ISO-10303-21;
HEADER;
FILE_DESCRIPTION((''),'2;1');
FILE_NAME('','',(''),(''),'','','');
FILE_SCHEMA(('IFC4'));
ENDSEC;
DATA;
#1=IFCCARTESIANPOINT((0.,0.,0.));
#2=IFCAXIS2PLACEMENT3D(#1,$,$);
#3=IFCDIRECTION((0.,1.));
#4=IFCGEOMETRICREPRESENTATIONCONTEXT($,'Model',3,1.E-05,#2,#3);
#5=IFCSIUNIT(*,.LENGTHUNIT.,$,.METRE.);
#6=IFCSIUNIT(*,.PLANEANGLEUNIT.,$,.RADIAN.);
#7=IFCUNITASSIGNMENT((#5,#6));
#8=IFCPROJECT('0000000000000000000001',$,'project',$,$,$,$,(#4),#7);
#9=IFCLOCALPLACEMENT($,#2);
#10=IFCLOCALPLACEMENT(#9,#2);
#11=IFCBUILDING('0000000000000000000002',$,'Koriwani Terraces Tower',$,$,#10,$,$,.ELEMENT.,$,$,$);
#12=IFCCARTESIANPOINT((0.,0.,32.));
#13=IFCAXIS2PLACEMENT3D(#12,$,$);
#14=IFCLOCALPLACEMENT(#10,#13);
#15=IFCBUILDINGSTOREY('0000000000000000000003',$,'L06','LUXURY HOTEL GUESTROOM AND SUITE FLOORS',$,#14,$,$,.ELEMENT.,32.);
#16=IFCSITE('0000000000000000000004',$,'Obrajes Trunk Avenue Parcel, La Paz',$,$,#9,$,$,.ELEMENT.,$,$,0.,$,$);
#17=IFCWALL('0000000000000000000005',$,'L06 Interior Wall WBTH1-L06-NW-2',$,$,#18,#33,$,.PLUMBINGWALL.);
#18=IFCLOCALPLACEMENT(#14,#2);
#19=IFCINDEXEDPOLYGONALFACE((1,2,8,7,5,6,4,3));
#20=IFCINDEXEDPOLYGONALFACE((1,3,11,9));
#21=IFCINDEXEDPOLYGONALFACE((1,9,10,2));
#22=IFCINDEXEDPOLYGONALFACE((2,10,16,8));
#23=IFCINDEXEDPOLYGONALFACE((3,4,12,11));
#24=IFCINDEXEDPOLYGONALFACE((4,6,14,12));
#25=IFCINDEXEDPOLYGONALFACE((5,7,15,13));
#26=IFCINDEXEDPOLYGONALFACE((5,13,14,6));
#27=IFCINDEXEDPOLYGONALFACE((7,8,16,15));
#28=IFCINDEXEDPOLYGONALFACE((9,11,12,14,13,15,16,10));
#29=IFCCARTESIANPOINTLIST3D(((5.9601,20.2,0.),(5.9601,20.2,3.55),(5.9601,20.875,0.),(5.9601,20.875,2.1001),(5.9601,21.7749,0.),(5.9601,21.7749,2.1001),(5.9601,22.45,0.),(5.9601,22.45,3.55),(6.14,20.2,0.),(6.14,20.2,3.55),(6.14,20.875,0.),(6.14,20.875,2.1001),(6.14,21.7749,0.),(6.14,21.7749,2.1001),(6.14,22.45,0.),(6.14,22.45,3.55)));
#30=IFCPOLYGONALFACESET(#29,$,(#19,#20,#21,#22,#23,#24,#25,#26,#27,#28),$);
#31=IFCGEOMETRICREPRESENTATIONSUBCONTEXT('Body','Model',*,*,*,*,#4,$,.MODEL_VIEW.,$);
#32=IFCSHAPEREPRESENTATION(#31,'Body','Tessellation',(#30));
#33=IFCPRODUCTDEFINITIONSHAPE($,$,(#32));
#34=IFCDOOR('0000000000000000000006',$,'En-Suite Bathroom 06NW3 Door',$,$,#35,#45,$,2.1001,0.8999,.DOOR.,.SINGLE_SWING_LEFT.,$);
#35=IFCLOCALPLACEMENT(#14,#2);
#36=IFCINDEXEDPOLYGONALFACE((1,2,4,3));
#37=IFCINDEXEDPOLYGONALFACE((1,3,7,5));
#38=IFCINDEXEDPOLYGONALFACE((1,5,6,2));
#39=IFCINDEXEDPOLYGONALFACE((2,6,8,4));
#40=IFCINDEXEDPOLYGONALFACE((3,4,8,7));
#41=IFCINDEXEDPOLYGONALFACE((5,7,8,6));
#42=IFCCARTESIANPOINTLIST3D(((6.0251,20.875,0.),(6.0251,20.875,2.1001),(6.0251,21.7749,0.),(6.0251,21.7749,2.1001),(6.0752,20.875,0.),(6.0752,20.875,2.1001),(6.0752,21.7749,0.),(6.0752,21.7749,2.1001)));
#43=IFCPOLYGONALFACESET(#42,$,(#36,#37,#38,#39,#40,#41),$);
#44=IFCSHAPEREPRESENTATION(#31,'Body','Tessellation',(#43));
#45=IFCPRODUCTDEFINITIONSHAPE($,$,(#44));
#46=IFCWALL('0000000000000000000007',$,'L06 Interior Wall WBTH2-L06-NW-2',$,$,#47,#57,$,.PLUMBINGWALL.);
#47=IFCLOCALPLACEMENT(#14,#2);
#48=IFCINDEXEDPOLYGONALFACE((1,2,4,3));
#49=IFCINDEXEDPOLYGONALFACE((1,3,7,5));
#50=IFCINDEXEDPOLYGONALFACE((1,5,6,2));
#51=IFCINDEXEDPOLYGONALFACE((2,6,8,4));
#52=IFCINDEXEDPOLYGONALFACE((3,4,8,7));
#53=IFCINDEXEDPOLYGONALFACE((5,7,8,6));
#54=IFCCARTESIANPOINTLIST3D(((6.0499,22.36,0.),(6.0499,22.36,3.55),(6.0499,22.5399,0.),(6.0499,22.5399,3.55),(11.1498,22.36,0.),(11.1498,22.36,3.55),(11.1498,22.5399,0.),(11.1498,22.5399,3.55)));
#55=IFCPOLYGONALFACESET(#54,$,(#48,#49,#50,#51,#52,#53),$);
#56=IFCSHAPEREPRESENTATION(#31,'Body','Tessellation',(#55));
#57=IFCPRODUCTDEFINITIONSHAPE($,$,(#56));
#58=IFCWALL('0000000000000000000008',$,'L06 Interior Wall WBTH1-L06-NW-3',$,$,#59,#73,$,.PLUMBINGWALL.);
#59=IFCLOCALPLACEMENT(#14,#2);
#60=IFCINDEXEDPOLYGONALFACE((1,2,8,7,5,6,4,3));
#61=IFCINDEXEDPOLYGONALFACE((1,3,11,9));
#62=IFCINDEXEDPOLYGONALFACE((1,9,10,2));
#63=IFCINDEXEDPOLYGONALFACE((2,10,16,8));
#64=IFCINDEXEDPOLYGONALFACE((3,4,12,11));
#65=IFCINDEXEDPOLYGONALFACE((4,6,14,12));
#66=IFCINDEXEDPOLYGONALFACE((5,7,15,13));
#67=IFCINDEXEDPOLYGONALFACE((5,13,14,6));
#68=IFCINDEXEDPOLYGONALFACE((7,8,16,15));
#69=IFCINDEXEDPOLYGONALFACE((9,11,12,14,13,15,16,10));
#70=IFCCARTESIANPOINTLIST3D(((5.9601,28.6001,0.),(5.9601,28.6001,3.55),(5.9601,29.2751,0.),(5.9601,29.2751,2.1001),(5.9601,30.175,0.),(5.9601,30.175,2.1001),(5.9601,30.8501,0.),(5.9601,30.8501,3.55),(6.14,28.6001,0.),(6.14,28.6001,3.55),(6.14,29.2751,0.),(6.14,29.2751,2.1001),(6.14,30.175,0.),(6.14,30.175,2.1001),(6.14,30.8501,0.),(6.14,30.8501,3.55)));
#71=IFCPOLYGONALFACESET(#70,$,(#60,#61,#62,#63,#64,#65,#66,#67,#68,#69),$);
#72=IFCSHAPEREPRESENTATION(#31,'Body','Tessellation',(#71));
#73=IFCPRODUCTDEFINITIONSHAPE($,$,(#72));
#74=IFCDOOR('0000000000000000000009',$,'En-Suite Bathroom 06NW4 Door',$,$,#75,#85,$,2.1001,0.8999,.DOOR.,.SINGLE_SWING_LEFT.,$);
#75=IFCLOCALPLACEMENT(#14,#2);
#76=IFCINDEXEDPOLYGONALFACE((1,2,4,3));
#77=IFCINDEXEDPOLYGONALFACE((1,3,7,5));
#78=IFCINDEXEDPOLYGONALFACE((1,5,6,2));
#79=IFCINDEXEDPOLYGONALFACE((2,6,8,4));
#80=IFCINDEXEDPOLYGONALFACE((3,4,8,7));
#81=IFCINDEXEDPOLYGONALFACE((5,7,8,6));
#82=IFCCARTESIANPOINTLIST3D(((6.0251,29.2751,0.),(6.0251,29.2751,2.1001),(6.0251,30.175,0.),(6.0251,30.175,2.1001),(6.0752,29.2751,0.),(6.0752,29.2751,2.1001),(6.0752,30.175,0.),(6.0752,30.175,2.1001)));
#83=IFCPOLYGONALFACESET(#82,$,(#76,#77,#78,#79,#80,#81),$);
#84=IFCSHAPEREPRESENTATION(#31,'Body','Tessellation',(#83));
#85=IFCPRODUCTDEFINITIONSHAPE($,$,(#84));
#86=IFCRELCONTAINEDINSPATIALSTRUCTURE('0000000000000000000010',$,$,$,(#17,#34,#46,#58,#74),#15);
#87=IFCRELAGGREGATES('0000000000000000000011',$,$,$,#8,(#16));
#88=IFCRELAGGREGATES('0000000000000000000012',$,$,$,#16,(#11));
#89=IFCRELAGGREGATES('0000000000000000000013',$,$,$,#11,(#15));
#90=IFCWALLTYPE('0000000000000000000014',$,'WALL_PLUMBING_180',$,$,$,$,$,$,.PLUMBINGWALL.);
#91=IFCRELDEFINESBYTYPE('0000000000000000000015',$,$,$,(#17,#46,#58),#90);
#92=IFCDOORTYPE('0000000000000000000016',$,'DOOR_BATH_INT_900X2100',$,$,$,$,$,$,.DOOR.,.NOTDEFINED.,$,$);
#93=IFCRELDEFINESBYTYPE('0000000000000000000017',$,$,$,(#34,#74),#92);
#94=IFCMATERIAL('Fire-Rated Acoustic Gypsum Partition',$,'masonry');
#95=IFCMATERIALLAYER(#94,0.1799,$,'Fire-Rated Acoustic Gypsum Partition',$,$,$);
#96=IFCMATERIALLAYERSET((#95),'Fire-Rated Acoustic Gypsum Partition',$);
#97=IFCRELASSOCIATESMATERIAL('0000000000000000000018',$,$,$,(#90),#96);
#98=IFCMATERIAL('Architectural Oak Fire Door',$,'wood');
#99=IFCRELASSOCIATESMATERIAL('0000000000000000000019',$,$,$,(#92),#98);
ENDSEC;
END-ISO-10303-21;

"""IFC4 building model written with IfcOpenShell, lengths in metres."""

from ifc_helpers import new_model, si_unit, direction, frame, frame_2d, origin, place, context, subcontext, project, spatial, rectangle, extrude, material, layer, layer_set, type_object, element, fill, save


model = new_model("IFC4")

# Units and contexts
model_context = context("Model", 3, precision=1e-05, world=origin(), true_north=direction((0.0, 1.0)))
body_context = subcontext(model_context, "Body", "Model", "MODEL_VIEW")
ifc_project = project(units=[si_unit("LENGTHUNIT", "METRE"), si_unit("PLANEANGLEUNIT", "RADIAN")], contexts=[model_context])

# Site, building, storey
site_placement = place(None, origin())
site = spatial("IfcSite", under=ifc_project, at=site_placement, Name="Obrajes Trunk Avenue Parcel, La Paz", CompositionType="ELEMENT", RefElevation=0.0)
building_placement = place(site_placement, origin())
building = spatial("IfcBuilding", under=site, at=building_placement, Name="Koriwani Terraces Tower", CompositionType="ELEMENT")
storey_placement = place(building_placement, frame((0.0, 0.0, 32.0)))
storey = spatial("IfcBuildingStorey", under=building, at=storey_placement, Name="L06", Description="LUXURY HOTEL GUESTROOM AND SUITE FLOORS", CompositionType="ELEMENT", Elevation=32.0)

# Shared definitions
ifc_material_1 = material(Name="Fire-Rated Acoustic Gypsum Partition", Category="masonry")
ifc_layer_1 = layer(ifc_material_1, 0.1799, Name="Fire-Rated Acoustic Gypsum Partition")
ifc_layer_set_1 = layer_set([ifc_layer_1], Name="Fire-Rated Acoustic Gypsum Partition")
wall_type_1 = type_object("IfcWallType", Name="WALL_PLUMBING_180", PredefinedType="PLUMBINGWALL", material=ifc_layer_set_1)
ifc_material_2 = material(Name="Architectural Oak Fire Door", Category="wood")
door_type = type_object("IfcDoorType", Name="DOOR_BATH_INT_900X2100", OperationType="NOTDEFINED", PredefinedType="DOOR", material=ifc_material_2)

# Wall, opening, door
wall_1_placement = place(storey_placement, frame((6.05, 20.2, 0.0), z_axis=(0.0, 0.0, 1.0), x_axis=(0.0, 1.0, 0.0)))
wall_1 = element("IfcWall", 1, at=wall_1_placement, inside=storey, type_object=wall_type_1, Name="L06 Interior Wall WBTH1-L06-NW-2", PredefinedType="PLUMBINGWALL", context=body_context, shape_type="SweptSolid", body=[
    extrude(rectangle(XDim=2.25, YDim=0.1799, at=frame_2d((1.125, 0.0))), origin(), (0.0, 0.0, 1.0), 3.55),
])
opening_1_placement = place(wall_1_placement, frame((0.675, 0.0, 0.0)))
opening_1 = element("IfcOpeningElement", 2, at=opening_1_placement, cuts=wall_1, PredefinedType="OPENING", context=body_context, shape_type="SweptSolid", body=[
    extrude(rectangle(XDim=0.8999, YDim=2.1001, at=frame_2d((0.45, 1.05))), frame((0.0, 0.1001, 0.0), z_axis=(0.0, -1.0, 0.0), x_axis=(1.0, 0.0, 0.0)), (0.0, 0.0, 1.0), 0.2),
])
door_1_placement = place(opening_1_placement, origin())
door_1 = element("IfcDoor", 3, at=door_1_placement, inside=storey, type_object=door_type, Name="En-Suite Bathroom 06NW3 Door", OperationType="SINGLE_SWING_LEFT", OverallHeight=2.1001, OverallWidth=0.8999, PredefinedType="DOOR", context=body_context, shape_type="SweptSolid", body=[
    extrude(rectangle(XDim=0.8999, YDim=2.1001, at=frame_2d((0.45, 1.05))), frame((0.0, 0.0249, 0.0), z_axis=(0.0, -1.0, 0.0), x_axis=(1.0, 0.0, 0.0)), (0.0, 0.0, 1.0), 0.05),
])
fill(opening_1, door_1)

# Wall
wall_2_placement = place(storey_placement, frame((6.05, 22.45, 0.0), z_axis=(0.0, 0.0, 1.0), x_axis=(1.0, 0.0, 0.0)))
element("IfcWall", 4, at=wall_2_placement, inside=storey, type_object=wall_type_1, Name="L06 Interior Wall WBTH2-L06-NW-2", PredefinedType="PLUMBINGWALL", context=body_context, shape_type="SweptSolid", body=[
    extrude(rectangle(XDim=5.0999, YDim=0.1799, at=frame_2d((2.5498, 0.0))), origin(), (0.0, 0.0, 1.0), 3.55),
])

# Wall, opening, door
wall_3_placement = place(storey_placement, frame((6.05, 28.6001, 0.0), z_axis=(0.0, 0.0, 1.0), x_axis=(0.0, 1.0, 0.0)))
wall_3 = element("IfcWall", 5, at=wall_3_placement, inside=storey, type_object=wall_type_1, Name="L06 Interior Wall WBTH1-L06-NW-3", PredefinedType="PLUMBINGWALL", context=body_context, shape_type="SweptSolid", body=[
    extrude(rectangle(XDim=2.25, YDim=0.1799, at=frame_2d((1.125, 0.0))), origin(), (0.0, 0.0, 1.0), 3.55),
])
opening_2_placement = place(wall_3_placement, frame((0.675, 0.0, 0.0)))
opening_2 = element("IfcOpeningElement", 6, at=opening_2_placement, cuts=wall_3, PredefinedType="OPENING", context=body_context, shape_type="SweptSolid", body=[
    extrude(rectangle(XDim=0.8999, YDim=2.1001, at=frame_2d((0.45, 1.05))), frame((0.0, 0.1001, 0.0), z_axis=(0.0, -1.0, 0.0), x_axis=(1.0, 0.0, 0.0)), (0.0, 0.0, 1.0), 0.2),
])
door_2_placement = place(opening_2_placement, origin())
door_2 = element("IfcDoor", 7, at=door_2_placement, inside=storey, type_object=door_type, Name="En-Suite Bathroom 06NW4 Door", OperationType="SINGLE_SWING_LEFT", OverallHeight=2.1001, OverallWidth=0.8999, PredefinedType="DOOR", context=body_context, shape_type="SweptSolid", body=[
    extrude(rectangle(XDim=0.8999, YDim=2.1001, at=frame_2d((0.45, 1.05))), frame((0.0, 0.0249, 0.0), z_axis=(0.0, -1.0, 0.0), x_axis=(1.0, 0.0, 0.0)), (0.0, 0.0, 1.0), 0.05),
])
fill(opening_2, door_2)

save(model, "model.ifc")
